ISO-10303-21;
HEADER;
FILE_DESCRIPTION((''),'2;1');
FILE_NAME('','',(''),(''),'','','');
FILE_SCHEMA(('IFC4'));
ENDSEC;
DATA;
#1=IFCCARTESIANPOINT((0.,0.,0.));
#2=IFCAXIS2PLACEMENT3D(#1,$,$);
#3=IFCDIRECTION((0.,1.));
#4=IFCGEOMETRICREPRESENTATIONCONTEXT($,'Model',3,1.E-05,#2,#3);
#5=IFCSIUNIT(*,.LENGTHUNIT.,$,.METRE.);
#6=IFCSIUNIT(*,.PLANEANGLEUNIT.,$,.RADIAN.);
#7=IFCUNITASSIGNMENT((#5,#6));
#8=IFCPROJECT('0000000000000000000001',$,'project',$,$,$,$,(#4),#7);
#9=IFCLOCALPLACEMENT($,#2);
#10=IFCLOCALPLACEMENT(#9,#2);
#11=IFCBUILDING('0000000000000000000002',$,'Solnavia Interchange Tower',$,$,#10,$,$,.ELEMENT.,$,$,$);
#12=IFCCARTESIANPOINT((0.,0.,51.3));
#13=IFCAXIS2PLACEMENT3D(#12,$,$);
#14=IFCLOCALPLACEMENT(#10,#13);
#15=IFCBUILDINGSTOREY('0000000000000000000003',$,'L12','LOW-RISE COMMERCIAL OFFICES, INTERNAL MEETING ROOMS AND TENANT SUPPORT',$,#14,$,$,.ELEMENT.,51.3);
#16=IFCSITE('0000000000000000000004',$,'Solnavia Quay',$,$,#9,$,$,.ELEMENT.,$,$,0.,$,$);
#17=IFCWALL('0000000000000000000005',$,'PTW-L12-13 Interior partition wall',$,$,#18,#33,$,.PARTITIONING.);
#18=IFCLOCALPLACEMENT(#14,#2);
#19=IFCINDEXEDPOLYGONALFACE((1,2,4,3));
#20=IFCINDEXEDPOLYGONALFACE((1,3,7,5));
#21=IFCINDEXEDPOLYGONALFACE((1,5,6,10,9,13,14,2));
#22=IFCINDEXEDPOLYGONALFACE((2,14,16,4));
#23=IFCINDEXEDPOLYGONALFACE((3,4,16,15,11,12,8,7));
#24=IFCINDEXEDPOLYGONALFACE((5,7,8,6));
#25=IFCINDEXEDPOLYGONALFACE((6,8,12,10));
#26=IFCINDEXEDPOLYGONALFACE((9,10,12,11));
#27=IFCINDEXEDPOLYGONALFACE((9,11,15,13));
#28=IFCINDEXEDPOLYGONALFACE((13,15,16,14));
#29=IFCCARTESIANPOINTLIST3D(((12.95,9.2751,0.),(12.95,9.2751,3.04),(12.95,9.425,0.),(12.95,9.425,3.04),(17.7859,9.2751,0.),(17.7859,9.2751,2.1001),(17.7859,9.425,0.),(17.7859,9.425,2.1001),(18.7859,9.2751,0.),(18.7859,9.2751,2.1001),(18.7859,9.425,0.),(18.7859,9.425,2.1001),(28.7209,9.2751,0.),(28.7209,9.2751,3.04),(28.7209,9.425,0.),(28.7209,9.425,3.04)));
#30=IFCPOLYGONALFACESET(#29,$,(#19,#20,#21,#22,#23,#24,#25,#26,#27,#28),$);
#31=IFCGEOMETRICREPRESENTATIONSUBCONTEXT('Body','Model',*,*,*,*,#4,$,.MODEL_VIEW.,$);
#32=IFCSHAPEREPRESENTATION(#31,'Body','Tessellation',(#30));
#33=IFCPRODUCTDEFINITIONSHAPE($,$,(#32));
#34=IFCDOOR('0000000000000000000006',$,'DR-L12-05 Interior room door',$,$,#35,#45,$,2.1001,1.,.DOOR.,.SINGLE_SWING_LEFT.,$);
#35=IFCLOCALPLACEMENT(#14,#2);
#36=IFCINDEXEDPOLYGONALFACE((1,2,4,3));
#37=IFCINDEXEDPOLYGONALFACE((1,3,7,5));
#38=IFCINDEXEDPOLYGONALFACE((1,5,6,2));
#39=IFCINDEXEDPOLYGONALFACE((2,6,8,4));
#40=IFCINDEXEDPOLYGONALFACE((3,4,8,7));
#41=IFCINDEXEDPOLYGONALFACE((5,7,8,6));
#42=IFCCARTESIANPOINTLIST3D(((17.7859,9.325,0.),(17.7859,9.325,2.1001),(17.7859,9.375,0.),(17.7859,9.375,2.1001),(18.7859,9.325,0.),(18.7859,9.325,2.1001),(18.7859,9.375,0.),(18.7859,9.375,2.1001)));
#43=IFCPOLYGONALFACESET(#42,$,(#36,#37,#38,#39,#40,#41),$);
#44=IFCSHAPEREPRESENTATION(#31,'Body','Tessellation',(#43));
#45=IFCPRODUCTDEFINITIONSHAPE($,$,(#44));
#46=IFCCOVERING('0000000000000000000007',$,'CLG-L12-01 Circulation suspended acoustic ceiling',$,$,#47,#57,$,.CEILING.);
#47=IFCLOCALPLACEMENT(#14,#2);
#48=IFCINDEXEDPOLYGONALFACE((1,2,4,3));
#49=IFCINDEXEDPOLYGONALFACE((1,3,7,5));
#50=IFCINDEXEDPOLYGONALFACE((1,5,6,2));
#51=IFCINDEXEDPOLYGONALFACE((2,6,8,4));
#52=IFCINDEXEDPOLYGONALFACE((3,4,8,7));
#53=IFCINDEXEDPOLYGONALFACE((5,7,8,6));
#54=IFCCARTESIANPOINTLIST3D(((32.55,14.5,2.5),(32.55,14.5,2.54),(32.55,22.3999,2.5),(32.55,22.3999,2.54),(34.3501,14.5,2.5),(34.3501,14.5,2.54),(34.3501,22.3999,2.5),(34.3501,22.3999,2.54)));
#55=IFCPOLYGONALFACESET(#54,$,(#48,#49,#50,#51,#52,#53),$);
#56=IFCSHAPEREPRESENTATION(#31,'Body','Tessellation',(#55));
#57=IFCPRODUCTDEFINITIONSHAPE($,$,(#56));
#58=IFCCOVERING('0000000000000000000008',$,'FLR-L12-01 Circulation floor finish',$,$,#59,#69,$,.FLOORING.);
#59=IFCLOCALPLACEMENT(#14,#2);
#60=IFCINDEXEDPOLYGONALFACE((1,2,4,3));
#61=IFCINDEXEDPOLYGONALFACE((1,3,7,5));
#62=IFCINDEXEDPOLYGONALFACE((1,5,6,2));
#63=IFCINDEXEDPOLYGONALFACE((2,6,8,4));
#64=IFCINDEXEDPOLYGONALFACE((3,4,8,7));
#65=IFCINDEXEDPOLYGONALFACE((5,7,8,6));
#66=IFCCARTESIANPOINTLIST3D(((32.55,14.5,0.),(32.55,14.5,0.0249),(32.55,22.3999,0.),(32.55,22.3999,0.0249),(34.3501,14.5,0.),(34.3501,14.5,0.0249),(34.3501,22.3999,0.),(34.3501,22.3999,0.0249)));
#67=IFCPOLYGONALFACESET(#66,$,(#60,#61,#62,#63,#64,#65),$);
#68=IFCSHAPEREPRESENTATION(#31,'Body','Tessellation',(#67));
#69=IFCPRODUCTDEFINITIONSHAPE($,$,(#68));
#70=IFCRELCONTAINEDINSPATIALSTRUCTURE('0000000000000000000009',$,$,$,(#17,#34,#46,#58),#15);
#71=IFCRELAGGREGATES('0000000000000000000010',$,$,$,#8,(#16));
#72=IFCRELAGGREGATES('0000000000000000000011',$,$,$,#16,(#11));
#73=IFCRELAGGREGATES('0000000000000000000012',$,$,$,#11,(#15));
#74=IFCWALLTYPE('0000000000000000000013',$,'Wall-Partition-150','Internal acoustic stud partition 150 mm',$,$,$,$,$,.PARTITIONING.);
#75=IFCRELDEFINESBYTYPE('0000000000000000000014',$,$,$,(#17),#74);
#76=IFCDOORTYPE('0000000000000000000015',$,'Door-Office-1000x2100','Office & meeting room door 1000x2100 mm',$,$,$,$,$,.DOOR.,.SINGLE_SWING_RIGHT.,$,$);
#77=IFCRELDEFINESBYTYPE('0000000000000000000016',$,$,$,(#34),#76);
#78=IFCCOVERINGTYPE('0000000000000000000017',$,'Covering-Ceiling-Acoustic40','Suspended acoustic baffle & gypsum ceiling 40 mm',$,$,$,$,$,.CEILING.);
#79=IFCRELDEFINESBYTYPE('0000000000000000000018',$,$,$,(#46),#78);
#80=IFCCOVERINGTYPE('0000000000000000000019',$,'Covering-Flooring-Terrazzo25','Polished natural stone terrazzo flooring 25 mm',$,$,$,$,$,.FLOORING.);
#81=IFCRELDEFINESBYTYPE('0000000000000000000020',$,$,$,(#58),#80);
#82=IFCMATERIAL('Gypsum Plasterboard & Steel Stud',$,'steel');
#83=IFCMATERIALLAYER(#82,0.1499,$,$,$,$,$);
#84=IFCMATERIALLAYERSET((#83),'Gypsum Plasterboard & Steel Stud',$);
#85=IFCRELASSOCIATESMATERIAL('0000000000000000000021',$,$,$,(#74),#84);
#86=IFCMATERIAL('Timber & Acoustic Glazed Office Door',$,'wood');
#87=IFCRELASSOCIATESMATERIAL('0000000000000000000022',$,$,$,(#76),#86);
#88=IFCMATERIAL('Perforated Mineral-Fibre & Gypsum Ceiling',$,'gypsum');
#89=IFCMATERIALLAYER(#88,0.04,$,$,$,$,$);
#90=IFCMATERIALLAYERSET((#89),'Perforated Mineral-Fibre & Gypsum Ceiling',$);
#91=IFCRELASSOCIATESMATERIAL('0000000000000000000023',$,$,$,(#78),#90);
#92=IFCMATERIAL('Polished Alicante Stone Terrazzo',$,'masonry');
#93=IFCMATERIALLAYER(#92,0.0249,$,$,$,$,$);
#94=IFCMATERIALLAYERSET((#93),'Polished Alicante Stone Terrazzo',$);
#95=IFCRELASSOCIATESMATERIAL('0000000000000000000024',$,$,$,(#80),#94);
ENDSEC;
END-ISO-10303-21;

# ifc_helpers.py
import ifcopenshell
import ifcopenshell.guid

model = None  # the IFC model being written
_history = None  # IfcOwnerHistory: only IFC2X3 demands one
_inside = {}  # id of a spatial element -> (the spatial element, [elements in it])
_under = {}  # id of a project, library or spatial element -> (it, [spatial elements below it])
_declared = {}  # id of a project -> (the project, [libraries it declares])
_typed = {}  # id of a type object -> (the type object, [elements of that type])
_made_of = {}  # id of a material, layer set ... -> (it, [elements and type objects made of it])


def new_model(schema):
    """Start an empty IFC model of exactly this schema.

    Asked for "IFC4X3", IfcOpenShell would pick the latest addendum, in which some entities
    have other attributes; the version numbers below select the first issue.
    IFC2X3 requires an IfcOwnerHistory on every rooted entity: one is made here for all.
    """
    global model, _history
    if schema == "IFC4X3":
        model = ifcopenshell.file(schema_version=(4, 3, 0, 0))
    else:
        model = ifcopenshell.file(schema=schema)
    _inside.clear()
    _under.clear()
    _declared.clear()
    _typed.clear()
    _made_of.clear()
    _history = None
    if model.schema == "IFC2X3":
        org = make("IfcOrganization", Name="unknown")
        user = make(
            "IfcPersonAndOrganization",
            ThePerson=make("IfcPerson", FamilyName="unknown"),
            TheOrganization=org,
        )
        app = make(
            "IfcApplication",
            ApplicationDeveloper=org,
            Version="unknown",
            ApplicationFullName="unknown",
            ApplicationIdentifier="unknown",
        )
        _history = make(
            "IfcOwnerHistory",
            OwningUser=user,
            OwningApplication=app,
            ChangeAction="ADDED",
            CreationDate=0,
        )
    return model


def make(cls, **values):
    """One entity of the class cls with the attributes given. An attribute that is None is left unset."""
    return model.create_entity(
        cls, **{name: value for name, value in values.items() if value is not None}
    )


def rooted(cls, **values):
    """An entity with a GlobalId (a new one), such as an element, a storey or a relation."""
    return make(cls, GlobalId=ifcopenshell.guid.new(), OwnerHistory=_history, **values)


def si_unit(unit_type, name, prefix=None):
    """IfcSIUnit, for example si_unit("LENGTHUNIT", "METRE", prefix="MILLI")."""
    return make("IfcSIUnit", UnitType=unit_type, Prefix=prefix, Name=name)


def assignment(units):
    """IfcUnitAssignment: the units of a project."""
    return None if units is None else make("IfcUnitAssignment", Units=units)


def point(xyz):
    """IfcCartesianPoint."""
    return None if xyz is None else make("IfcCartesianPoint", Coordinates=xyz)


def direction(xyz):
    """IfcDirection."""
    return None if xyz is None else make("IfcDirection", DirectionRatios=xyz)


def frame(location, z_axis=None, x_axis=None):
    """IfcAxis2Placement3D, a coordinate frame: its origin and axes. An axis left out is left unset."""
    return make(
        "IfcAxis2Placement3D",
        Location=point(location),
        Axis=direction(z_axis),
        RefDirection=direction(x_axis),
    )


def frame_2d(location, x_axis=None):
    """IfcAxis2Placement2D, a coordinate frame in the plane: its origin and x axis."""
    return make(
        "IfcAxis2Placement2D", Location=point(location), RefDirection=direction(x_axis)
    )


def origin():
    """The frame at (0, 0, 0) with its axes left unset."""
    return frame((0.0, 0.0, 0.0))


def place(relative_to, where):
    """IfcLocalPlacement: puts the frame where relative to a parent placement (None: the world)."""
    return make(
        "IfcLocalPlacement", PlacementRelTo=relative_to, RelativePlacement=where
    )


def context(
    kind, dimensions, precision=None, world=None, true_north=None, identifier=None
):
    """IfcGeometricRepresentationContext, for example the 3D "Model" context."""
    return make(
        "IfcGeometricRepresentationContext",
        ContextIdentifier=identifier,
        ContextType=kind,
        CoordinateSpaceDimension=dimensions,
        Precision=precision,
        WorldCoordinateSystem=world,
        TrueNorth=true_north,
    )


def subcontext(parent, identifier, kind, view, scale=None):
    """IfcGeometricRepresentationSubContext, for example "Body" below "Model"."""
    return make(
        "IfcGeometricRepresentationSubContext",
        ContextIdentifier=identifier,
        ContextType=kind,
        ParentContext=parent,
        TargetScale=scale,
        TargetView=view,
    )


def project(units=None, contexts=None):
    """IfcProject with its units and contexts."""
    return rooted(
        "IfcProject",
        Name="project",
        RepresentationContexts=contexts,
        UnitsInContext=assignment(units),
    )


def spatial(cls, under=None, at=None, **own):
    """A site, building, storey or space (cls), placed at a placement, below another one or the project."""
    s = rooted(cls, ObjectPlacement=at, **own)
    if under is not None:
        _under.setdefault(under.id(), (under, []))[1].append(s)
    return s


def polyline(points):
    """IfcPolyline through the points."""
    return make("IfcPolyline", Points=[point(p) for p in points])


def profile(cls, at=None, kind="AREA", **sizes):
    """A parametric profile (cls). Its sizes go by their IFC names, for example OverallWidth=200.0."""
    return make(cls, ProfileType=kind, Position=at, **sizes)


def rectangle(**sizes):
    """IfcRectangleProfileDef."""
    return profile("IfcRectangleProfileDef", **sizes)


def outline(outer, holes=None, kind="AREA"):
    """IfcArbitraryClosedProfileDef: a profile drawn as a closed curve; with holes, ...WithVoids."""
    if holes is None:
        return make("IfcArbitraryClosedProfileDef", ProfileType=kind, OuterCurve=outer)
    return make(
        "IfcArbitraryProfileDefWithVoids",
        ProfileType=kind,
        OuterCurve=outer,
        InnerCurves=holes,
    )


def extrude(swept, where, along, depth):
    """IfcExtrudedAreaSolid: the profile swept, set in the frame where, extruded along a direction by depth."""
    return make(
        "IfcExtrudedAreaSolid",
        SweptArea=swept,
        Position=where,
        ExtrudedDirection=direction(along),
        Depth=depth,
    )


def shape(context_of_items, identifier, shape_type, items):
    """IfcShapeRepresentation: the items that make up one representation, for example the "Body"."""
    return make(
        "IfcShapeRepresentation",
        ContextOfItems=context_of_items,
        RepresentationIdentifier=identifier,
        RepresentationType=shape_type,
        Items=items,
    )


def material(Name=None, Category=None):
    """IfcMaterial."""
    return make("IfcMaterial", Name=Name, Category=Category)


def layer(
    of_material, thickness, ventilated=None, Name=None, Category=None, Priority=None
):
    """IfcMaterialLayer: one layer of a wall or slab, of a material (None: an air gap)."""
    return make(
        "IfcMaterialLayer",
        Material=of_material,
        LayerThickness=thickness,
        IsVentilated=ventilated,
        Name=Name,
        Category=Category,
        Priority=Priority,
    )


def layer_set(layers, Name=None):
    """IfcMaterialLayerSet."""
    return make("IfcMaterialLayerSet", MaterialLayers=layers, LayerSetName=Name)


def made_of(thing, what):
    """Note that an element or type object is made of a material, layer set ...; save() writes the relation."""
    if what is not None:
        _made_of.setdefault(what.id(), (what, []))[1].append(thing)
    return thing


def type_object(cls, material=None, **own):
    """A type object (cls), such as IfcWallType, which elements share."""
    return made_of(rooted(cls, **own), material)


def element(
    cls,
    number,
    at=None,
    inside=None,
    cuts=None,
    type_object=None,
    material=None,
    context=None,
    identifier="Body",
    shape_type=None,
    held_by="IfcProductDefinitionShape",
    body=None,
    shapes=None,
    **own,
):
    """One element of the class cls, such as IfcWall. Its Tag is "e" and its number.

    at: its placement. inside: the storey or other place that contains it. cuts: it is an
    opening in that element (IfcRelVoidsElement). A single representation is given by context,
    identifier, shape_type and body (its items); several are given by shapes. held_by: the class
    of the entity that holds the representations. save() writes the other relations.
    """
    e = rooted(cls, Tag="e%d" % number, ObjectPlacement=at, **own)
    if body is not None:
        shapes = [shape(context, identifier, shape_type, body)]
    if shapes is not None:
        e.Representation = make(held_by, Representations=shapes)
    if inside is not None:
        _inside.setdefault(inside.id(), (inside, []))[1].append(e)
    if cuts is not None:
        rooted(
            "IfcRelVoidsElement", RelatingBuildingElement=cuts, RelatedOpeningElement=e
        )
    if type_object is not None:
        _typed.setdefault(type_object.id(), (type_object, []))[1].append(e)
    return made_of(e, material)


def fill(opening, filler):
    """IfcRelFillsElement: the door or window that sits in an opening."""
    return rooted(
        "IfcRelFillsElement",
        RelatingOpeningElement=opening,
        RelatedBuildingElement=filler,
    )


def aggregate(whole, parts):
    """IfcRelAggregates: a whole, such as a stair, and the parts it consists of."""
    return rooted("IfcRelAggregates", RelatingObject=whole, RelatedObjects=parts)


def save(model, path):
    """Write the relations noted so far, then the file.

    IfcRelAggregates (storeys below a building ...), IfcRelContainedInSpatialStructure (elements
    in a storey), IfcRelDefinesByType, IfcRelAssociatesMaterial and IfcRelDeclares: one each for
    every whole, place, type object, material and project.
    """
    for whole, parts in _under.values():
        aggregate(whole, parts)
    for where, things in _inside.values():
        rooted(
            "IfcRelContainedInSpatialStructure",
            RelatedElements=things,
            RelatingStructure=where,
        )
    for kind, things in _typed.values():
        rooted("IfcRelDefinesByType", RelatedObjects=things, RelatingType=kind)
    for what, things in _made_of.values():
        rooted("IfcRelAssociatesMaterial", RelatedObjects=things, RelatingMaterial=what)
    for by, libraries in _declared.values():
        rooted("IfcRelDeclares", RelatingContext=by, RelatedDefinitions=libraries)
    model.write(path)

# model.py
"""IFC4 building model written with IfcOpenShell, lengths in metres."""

from ifc_helpers import new_model, si_unit, direction, frame, frame_2d, origin, place, context, subcontext, project, spatial, polyline, rectangle, outline, extrude, material, layer, layer_set, type_object, element, fill, save


model = new_model("IFC4")

# Units and contexts
model_context = context("Model", 3, precision=1e-05, world=origin(), true_north=direction((0.0, 1.0)))
body_context = subcontext(model_context, "Body", "Model", "MODEL_VIEW")
ifc_project = project(units=[si_unit("LENGTHUNIT", "METRE"), si_unit("PLANEANGLEUNIT", "RADIAN")], contexts=[model_context])

# Site, building, storey
site_placement = place(None, origin())
site = spatial("IfcSite", under=ifc_project, at=site_placement, Name="Solnavia Quay", CompositionType="ELEMENT", RefElevation=0.0)
building_placement = place(site_placement, origin())
building = spatial("IfcBuilding", under=site, at=building_placement, Name="Solnavia Interchange Tower", CompositionType="ELEMENT")
storey_placement = place(building_placement, frame((0.0, 0.0, 51.3)))
storey = spatial("IfcBuildingStorey", under=building, at=storey_placement, Name="L12", Description="LOW-RISE COMMERCIAL OFFICES, INTERNAL MEETING ROOMS AND TENANT SUPPORT", CompositionType="ELEMENT", Elevation=51.3)

# Shared definitions
ifc_material_1 = material(Name="Gypsum Plasterboard & Steel Stud", Category="steel")
ifc_layer_1 = layer(ifc_material_1, 0.1499)
ifc_layer_set_1 = layer_set([ifc_layer_1], Name="Gypsum Plasterboard & Steel Stud")
wall_type_1 = type_object("IfcWallType", Name="Wall-Partition-150", Description="Internal acoustic stud partition 150 mm", PredefinedType="PARTITIONING", material=ifc_layer_set_1)

# Wall, opening, door
ifc_material_2 = material(Name="Timber & Acoustic Glazed Office Door", Category="wood")
door_type = type_object("IfcDoorType", Name="Door-Office-1000x2100", Description="Office & meeting room door 1000x2100 mm", OperationType="SINGLE_SWING_RIGHT", PredefinedType="DOOR", material=ifc_material_2)
wall_1_placement = place(storey_placement, frame((12.95, 9.3501, 0.0), z_axis=(0.0, 0.0, 1.0), x_axis=(1.0, 0.0, 0.0)))
wall_1 = element("IfcWall", 1, at=wall_1_placement, inside=storey, type_object=wall_type_1, Name="PTW-L12-13 Interior partition wall", PredefinedType="PARTITIONING", context=body_context, shape_type="SweptSolid", body=[
    extrude(rectangle(XDim=15.771, YDim=0.1499, at=frame_2d((7.8855, 0.0))), origin(), (0.0, 0.0, 1.0), 3.04),
])
opening_1_placement = place(wall_1_placement, frame((4.8359, 0.0, 0.0)))
opening_1 = element("IfcOpeningElement", 2, at=opening_1_placement, cuts=wall_1, PredefinedType="OPENING", context=body_context, shape_type="SweptSolid", body=[
    extrude(rectangle(XDim=1.0, YDim=2.1001, at=frame_2d((0.5, 1.05))), frame((0.0, 0.085, 0.0), z_axis=(0.0, -1.0, 0.0), x_axis=(1.0, 0.0, 0.0)), (0.0, 0.0, 1.0), 0.1699),
])
door_1_placement = place(opening_1_placement, origin())
door_1 = element("IfcDoor", 3, at=door_1_placement, inside=storey, type_object=door_type, Name="DR-L12-05 Interior room door", OperationType="SINGLE_SWING_LEFT", OverallHeight=2.1001, OverallWidth=1.0, PredefinedType="DOOR", context=body_context, shape_type="SweptSolid", body=[
    extrude(rectangle(XDim=1.0, YDim=2.1001, at=frame_2d((0.5, 1.05))), frame((0.0, 0.0249, 0.0), z_axis=(0.0, -1.0, 0.0), x_axis=(1.0, 0.0, 0.0)), (0.0, 0.0, 1.0), 0.05),
])
fill(opening_1, door_1)

# Coverings
ifc_material_3 = material(Name="Perforated Mineral-Fibre & Gypsum Ceiling", Category="gypsum")
ifc_layer_2 = layer(ifc_material_3, 0.04)
ifc_layer_set_2 = layer_set([ifc_layer_2], Name="Perforated Mineral-Fibre & Gypsum Ceiling")
covering_type_1 = type_object("IfcCoveringType", Name="Covering-Ceiling-Acoustic40", Description="Suspended acoustic baffle & gypsum ceiling 40 mm", PredefinedType="CEILING", material=ifc_layer_set_2)
covering_1_placement = place(storey_placement, frame((0.0, 0.0, 2.5)))
element("IfcCovering", 4, at=covering_1_placement, inside=storey, type_object=covering_type_1, Name="CLG-L12-01 Circulation suspended acoustic ceiling", PredefinedType="CEILING", context=body_context, shape_type="SweptSolid", body=[
    extrude(outline(polyline([(32.55, 14.5), (34.3501, 14.5), (34.3501, 22.3999), (32.55, 22.3999), (32.55, 14.5)])), origin(), (0.0, 0.0, 1.0), 0.04),
])
ifc_material_4 = material(Name="Polished Alicante Stone Terrazzo", Category="masonry")
ifc_layer_3 = layer(ifc_material_4, 0.0249)
ifc_layer_set_3 = layer_set([ifc_layer_3], Name="Polished Alicante Stone Terrazzo")
covering_type_2 = type_object("IfcCoveringType", Name="Covering-Flooring-Terrazzo25", Description="Polished natural stone terrazzo flooring 25 mm", PredefinedType="FLOORING", material=ifc_layer_set_3)
covering_2_placement = place(storey_placement, origin())
element("IfcCovering", 5, at=covering_2_placement, inside=storey, type_object=covering_type_2, Name="FLR-L12-01 Circulation floor finish", PredefinedType="FLOORING", context=body_context, shape_type="SweptSolid", body=[
    extrude(outline(polyline([(32.55, 14.5), (34.3501, 14.5), (34.3501, 22.3999), (32.55, 22.3999), (32.55, 14.5)])), origin(), (0.0, 0.0, 1.0), 0.0249),
])

save(model, "model.ifc")
